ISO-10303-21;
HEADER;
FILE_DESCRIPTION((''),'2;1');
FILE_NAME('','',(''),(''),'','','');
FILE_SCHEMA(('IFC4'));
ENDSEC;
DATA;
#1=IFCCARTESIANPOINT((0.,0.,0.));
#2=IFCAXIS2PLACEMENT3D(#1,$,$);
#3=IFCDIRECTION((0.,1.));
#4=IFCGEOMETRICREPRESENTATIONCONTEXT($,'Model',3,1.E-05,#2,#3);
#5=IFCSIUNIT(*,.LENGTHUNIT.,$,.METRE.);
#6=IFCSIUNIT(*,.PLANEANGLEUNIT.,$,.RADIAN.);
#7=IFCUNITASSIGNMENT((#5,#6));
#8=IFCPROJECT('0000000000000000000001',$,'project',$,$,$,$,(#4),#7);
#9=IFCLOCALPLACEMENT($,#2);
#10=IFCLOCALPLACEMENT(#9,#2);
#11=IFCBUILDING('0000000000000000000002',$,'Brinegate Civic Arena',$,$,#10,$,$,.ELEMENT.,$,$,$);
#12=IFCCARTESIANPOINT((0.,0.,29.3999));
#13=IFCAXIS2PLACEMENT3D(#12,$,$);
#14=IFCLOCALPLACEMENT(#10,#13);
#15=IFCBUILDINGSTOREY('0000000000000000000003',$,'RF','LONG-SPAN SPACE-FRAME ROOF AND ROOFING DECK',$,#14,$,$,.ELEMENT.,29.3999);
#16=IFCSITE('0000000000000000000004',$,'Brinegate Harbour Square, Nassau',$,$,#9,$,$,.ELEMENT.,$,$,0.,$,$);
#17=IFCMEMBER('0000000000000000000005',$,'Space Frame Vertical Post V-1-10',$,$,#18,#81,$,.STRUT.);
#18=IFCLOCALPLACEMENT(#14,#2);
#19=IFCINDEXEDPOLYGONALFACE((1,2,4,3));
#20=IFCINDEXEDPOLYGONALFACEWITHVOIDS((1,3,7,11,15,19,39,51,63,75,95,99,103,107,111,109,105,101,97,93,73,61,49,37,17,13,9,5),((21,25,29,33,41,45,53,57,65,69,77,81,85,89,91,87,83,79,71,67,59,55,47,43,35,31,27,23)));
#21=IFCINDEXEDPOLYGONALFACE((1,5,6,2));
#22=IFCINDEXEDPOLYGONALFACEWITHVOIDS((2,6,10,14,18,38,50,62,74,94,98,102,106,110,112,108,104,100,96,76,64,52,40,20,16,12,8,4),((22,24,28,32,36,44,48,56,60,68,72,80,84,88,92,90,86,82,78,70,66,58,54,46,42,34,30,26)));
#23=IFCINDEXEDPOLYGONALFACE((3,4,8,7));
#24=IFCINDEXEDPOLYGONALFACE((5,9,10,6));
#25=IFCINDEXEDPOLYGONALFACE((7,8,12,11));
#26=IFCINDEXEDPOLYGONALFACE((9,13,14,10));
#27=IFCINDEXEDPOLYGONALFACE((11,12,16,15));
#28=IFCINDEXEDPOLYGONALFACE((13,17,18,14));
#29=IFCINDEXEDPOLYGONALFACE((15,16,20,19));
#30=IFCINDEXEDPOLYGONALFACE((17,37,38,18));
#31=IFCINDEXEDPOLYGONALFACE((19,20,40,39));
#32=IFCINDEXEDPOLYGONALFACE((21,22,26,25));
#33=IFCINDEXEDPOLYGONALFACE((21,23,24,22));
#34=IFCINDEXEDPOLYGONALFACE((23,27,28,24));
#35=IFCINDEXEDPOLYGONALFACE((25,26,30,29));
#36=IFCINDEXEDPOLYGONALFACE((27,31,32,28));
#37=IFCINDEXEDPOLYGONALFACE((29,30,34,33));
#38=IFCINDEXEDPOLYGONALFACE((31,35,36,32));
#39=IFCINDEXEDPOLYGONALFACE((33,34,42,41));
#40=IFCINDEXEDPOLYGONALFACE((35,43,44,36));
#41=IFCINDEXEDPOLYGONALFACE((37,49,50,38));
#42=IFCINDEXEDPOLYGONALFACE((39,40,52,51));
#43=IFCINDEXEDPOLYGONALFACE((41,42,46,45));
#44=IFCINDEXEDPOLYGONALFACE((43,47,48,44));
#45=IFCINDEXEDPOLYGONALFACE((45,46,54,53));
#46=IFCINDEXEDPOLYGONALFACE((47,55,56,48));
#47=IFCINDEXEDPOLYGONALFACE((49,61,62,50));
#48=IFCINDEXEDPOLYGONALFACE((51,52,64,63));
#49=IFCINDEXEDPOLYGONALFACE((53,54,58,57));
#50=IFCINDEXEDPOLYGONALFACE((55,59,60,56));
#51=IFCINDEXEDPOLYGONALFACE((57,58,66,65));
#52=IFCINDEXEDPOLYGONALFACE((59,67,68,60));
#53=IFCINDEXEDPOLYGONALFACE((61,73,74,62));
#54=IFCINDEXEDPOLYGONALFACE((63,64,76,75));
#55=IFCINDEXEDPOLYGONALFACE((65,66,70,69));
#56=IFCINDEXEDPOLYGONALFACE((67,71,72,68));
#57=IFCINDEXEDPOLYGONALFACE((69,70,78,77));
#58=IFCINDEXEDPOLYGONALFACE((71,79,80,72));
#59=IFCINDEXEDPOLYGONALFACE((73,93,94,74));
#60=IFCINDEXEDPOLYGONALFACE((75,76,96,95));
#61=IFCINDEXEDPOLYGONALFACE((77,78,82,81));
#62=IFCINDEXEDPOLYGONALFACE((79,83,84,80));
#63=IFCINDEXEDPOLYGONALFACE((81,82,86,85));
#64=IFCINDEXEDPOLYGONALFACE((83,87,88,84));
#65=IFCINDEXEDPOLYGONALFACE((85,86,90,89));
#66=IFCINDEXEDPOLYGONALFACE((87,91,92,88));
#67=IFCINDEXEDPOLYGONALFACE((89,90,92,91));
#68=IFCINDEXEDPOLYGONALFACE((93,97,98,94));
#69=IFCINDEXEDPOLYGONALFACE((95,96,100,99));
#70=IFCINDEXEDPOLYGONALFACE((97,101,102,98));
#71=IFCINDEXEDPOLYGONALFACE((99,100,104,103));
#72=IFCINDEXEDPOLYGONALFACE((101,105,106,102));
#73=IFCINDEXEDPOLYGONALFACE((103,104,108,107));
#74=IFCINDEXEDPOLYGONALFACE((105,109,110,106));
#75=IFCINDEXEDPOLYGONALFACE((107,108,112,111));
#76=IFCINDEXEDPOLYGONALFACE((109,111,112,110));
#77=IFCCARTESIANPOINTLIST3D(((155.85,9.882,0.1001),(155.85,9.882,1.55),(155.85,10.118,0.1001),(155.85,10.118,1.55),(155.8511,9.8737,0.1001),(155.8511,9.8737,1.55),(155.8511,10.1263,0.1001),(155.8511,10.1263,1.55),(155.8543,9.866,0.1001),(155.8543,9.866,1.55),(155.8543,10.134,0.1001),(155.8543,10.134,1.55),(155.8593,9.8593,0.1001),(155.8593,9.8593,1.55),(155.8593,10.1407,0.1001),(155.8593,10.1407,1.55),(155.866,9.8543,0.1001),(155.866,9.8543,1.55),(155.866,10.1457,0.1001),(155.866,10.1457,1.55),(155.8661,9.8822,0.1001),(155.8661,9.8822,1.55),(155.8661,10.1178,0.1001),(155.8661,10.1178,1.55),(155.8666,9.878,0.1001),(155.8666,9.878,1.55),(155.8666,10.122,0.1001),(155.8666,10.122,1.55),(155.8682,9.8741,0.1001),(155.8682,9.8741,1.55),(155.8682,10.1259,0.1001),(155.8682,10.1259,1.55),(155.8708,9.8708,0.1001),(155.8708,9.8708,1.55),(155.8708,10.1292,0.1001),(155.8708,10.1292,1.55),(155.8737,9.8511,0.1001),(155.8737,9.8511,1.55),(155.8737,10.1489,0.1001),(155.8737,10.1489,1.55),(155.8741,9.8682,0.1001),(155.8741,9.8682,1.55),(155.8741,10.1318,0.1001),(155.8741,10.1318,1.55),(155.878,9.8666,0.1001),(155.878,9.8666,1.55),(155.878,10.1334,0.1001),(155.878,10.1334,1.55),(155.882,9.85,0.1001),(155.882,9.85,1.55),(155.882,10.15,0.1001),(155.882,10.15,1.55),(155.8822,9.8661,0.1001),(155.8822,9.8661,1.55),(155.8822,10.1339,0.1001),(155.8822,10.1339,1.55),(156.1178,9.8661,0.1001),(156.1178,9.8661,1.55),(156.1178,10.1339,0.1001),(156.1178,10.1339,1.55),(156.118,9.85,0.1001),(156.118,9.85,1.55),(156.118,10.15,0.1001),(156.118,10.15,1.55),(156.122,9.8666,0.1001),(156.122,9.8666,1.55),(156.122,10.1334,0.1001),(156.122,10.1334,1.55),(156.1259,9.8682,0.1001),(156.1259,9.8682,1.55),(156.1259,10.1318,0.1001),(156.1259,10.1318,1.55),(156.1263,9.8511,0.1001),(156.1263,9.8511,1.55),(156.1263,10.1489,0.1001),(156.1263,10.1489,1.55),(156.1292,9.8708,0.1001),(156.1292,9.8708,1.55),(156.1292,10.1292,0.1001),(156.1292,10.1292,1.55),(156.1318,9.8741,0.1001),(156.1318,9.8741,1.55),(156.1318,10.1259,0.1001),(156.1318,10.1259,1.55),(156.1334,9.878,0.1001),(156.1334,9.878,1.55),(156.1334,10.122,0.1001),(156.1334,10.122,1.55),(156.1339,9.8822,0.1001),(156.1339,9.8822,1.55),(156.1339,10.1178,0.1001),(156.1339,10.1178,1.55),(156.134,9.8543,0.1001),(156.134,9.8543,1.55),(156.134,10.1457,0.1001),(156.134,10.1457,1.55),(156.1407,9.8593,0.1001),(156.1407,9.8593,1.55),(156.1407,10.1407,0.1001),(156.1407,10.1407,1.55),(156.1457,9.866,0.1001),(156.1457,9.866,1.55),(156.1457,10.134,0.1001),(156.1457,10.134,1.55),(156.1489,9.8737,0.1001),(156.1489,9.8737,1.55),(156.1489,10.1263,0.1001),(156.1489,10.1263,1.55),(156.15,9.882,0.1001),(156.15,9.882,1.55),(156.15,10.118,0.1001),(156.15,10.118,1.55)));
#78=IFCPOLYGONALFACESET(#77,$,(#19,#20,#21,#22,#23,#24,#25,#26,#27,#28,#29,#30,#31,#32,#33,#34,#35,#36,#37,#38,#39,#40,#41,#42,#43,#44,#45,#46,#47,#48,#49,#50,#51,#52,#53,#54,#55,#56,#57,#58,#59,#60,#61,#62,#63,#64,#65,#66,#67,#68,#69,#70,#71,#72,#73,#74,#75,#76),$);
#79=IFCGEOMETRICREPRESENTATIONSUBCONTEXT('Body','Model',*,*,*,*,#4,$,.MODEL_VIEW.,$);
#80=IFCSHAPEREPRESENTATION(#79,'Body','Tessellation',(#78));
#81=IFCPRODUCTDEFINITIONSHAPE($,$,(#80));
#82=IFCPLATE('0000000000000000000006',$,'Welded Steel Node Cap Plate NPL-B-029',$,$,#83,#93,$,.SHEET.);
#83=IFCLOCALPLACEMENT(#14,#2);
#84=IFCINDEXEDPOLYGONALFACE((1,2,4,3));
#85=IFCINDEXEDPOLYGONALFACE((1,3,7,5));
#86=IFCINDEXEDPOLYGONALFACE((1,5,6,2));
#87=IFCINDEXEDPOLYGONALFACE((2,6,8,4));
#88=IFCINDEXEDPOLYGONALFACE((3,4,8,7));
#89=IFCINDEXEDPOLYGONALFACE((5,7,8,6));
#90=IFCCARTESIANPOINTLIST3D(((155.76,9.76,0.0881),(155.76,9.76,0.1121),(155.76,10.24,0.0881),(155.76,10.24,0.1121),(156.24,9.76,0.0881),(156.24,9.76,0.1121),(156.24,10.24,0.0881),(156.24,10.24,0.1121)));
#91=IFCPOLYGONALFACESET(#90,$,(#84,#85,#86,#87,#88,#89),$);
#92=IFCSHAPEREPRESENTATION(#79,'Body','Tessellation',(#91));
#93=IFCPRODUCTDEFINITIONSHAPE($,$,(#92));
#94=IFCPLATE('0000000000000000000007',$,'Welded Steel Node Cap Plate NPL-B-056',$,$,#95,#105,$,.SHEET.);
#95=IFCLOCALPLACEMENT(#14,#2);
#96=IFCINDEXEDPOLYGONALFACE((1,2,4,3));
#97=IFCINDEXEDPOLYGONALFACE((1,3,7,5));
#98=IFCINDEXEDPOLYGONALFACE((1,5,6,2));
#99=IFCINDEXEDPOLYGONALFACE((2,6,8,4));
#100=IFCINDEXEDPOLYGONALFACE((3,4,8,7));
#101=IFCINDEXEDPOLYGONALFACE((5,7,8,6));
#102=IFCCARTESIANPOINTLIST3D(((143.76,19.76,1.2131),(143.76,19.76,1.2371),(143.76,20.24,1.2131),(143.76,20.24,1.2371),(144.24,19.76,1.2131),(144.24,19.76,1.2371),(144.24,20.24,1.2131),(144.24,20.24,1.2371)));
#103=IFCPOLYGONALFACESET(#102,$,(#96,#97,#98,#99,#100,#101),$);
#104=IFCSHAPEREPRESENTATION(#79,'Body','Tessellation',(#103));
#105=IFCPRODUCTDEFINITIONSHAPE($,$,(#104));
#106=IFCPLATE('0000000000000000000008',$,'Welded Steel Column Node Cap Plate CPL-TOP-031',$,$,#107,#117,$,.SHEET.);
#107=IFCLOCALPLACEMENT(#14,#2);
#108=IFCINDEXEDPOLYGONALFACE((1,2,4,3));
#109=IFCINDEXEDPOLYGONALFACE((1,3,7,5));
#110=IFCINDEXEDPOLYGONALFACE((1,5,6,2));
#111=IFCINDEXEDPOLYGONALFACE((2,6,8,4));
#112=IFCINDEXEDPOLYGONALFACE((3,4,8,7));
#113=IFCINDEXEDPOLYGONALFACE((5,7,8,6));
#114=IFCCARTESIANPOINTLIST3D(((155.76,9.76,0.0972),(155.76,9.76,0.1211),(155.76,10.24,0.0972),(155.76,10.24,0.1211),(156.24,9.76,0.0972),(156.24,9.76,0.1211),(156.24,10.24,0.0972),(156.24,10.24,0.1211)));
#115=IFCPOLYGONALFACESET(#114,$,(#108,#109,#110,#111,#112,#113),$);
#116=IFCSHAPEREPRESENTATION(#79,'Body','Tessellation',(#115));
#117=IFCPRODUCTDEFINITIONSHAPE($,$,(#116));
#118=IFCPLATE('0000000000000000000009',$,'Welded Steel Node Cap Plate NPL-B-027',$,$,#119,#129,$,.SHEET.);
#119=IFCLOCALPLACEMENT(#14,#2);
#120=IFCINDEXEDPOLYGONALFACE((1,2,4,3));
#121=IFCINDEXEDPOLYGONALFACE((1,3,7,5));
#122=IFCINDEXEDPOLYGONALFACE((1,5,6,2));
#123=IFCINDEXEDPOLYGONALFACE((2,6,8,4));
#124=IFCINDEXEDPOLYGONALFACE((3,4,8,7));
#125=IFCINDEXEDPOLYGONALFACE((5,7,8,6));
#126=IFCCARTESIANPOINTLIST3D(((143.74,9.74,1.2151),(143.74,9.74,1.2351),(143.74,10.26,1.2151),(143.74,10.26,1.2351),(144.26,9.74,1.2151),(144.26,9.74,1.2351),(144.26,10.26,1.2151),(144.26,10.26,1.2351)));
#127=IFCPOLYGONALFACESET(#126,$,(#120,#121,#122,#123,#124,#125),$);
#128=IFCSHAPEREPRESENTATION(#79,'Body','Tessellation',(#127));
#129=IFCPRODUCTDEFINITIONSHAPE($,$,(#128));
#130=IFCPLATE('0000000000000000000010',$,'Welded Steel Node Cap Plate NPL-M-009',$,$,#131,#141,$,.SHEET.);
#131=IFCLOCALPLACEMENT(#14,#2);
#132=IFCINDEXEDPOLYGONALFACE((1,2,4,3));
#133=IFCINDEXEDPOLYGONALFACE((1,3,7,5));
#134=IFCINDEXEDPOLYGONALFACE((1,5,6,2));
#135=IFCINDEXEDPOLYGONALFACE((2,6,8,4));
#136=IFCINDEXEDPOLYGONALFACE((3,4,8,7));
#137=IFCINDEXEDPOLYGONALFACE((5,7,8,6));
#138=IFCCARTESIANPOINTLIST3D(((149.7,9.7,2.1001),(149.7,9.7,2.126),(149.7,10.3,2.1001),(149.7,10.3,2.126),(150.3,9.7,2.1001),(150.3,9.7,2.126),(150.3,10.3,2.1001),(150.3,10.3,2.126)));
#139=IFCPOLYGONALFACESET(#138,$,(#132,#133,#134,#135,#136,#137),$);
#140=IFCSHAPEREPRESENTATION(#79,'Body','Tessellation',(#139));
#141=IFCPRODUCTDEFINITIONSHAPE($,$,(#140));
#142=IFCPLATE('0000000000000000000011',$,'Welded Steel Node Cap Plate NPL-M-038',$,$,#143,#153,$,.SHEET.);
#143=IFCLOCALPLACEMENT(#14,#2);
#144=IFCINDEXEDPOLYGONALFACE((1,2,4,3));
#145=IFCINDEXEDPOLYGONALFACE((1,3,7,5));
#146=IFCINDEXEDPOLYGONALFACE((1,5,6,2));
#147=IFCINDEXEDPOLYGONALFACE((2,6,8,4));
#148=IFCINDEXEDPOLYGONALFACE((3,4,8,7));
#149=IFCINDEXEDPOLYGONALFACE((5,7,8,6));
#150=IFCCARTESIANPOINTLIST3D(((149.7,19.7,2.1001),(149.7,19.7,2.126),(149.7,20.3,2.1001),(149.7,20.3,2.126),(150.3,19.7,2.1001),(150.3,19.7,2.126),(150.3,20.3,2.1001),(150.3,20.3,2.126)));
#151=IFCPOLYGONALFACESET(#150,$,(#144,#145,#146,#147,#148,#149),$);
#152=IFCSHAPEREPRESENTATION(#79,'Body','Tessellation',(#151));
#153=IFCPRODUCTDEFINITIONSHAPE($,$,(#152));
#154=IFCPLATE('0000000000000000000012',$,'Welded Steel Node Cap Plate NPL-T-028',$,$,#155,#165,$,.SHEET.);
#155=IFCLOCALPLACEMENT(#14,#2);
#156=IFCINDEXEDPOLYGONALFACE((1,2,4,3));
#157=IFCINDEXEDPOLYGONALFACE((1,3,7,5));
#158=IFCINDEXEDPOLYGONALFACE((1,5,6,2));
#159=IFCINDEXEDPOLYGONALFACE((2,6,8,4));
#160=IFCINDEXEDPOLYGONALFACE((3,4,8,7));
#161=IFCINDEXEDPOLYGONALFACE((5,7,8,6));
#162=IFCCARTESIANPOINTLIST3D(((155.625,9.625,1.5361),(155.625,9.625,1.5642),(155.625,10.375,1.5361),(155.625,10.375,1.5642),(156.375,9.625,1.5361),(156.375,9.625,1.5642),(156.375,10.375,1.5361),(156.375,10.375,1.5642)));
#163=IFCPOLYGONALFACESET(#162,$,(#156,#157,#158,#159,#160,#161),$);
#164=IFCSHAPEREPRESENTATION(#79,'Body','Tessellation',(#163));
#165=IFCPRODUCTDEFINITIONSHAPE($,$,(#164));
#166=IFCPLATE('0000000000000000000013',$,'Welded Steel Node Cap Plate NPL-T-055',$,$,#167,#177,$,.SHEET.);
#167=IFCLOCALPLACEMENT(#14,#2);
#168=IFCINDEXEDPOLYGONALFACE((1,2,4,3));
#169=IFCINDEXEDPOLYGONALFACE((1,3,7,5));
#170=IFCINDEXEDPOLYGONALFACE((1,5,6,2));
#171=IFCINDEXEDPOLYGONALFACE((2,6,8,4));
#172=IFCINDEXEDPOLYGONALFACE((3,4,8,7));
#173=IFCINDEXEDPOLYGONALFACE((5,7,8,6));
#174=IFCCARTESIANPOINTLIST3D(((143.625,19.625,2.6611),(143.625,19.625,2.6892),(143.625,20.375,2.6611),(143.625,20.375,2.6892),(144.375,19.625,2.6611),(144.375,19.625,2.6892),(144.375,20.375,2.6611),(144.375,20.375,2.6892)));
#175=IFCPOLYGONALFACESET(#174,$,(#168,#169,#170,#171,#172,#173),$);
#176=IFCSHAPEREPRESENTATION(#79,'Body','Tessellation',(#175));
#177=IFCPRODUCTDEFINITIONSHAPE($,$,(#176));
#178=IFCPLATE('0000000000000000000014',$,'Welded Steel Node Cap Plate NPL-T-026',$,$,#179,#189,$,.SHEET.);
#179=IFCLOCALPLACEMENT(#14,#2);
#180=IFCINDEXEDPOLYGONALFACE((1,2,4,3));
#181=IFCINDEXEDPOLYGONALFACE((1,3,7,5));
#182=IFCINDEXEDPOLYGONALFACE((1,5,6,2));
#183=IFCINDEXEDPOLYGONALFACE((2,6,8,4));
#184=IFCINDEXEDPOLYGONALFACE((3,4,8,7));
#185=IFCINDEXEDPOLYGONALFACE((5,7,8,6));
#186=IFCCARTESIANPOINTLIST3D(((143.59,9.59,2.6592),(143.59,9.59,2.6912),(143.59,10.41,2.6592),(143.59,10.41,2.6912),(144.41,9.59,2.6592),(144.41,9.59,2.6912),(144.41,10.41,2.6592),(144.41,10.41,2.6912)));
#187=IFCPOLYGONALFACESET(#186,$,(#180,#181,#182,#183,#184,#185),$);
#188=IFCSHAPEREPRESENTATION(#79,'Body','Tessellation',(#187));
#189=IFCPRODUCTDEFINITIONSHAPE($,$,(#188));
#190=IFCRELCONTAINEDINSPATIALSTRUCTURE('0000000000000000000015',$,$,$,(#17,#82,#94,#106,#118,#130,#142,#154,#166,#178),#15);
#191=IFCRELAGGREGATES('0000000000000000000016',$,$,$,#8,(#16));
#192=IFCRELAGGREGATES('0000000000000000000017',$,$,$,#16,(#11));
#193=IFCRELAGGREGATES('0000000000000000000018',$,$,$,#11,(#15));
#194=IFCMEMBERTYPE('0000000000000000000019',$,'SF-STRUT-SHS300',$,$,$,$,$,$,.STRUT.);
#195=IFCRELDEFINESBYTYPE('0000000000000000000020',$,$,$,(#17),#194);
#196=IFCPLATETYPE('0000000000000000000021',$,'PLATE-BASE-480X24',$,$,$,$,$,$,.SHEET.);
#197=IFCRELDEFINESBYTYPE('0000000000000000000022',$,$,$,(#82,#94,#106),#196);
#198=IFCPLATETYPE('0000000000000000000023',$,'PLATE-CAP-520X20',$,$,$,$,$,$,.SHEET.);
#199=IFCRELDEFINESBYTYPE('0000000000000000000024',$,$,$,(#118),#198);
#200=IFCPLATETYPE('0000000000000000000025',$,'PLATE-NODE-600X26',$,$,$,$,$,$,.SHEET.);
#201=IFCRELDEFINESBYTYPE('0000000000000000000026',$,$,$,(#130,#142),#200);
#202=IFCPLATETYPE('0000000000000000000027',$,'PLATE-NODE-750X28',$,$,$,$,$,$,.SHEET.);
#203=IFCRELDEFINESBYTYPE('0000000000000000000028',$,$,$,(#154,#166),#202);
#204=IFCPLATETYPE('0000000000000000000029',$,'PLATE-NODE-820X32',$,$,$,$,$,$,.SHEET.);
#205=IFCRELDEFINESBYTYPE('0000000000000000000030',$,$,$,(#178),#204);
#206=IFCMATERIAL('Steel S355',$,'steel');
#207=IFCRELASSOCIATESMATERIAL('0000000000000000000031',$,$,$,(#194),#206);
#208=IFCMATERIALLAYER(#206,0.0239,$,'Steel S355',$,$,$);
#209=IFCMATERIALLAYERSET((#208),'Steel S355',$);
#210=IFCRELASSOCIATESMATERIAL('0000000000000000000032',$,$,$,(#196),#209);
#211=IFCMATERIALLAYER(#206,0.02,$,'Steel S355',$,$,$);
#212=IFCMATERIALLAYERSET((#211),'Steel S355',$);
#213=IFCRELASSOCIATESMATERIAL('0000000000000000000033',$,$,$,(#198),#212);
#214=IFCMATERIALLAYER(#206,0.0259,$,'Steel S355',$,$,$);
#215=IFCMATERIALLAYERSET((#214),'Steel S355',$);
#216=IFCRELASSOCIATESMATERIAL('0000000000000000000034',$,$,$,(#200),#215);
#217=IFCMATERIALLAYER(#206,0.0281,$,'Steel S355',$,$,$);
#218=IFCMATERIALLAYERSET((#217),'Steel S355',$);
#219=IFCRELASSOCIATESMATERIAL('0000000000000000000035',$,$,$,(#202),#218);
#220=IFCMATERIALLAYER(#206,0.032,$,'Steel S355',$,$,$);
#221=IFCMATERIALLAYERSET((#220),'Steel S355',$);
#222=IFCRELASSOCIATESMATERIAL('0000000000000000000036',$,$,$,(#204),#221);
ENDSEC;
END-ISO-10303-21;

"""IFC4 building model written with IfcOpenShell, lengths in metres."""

from ifc_helpers import new_model, si_unit, direction, frame, origin, origin_2d, place, context, subcontext, project, spatial, rectangle, hollow_rectangle, extrude, material, layer, layer_set, material_profile, profile_set, type_object, element, save


model = new_model("IFC4")

# Units and contexts
model_context = context("Model", 3, precision=1e-05, world=origin(), true_north=direction((0.0, 1.0)))
body_context = subcontext(model_context, "Body", "Model", "MODEL_VIEW")
ifc_project = project(units=[si_unit("LENGTHUNIT", "METRE"), si_unit("PLANEANGLEUNIT", "RADIAN")], contexts=[model_context])

# Site, building, storey
site_placement = place(None, origin())
site = spatial("IfcSite", under=ifc_project, at=site_placement, Name="Brinegate Harbour Square, Nassau", CompositionType="ELEMENT", RefElevation=0.0)
building_placement = place(site_placement, origin())
building = spatial("IfcBuilding", under=site, at=building_placement, Name="Brinegate Civic Arena", CompositionType="ELEMENT")
storey_placement = place(building_placement, frame((0.0, 0.0, 29.3999)))
storey = spatial("IfcBuildingStorey", under=building, at=storey_placement, Name="RF", Description="LONG-SPAN SPACE-FRAME ROOF AND ROOFING DECK", CompositionType="ELEMENT", Elevation=29.3999)

# Shared definitions
ifc_material_1 = material(Name="Steel S355", Category="steel")

# Member
ifc_material_profile_1 = material_profile(ifc_material_1, hollow_rectangle(XDim=0.3, YDim=0.3, WallThickness=0.0161, InnerFilletRadius=0.0161, OuterFilletRadius=0.032, at=origin_2d()), Name="SHS300X16")
ifc_profile_set_1 = profile_set([ifc_material_profile_1], Name="Steel S355")
member_type_1 = type_object("IfcMemberType", Name="SF-STRUT-SHS300", PredefinedType="STRUT", material=ifc_profile_set_1)
member_1_placement = place(storey_placement, frame((156.0, 10.0, 0.1001), z_axis=(0.0, 0.0, 1.0), x_axis=(1.0, 0.0, 0.0)))
element("IfcMember", 1, at=member_1_placement, inside=storey, type_object=member_type_1, Name="Space Frame Vertical Post V-1-10", PredefinedType="STRUT", context=body_context, shape_type="SweptSolid", body=[
    extrude(hollow_rectangle(XDim=0.3, YDim=0.3, WallThickness=0.0161, InnerFilletRadius=0.0161, OuterFilletRadius=0.032, at=origin_2d()), origin(), (0.0, 0.0, 1.0), 1.45),
])

# Plates
ifc_layer_1 = layer(ifc_material_1, 0.0239, Name="Steel S355")
ifc_layer_set_1 = layer_set([ifc_layer_1], Name="Steel S355")
plate_type_1 = type_object("IfcPlateType", Name="PLATE-BASE-480X24", PredefinedType="SHEET", material=ifc_layer_set_1)
for number, where, z_axis, x_axis, name in (
    (2, (156.0, 10.0, 0.0881), (0.0, 0.0, 1.0), (1.0, 0.0, 0.0), "Welded Steel Node Cap Plate NPL-B-029"),
    (3, (144.0, 20.0, 1.2131), (0.0, 0.0, 1.0), (1.0, 0.0, 0.0), "Welded Steel Node Cap Plate NPL-B-056"),
    (4, (156.0, 10.0, 0.0972), (0.0, 0.0, 1.0), (1.0, 0.0, 0.0), "Welded Steel Column Node Cap Plate CPL-TOP-031"),
):
    element("IfcPlate", number, at=place(storey_placement, frame(where, z_axis=z_axis, x_axis=x_axis)), inside=storey, type_object=plate_type_1, Name=name, PredefinedType="SHEET", context=body_context, shape_type="SweptSolid", body=[
        extrude(rectangle(XDim=0.48, YDim=0.48, at=origin_2d()), origin(), (0.0, 0.0, 1.0), 0.0239),
    ])
ifc_layer_2 = layer(ifc_material_1, 0.02, Name="Steel S355")
ifc_layer_set_2 = layer_set([ifc_layer_2], Name="Steel S355")
plate_type_2 = type_object("IfcPlateType", Name="PLATE-CAP-520X20", PredefinedType="SHEET", material=ifc_layer_set_2)
plate_1_placement = place(storey_placement, frame((144.0, 10.0, 1.2151), z_axis=(0.0, 0.0, 1.0), x_axis=(1.0, 0.0, 0.0)))
element("IfcPlate", 5, at=plate_1_placement, inside=storey, type_object=plate_type_2, Name="Welded Steel Node Cap Plate NPL-B-027", PredefinedType="SHEET", context=body_context, shape_type="SweptSolid", body=[
    extrude(rectangle(XDim=0.52, YDim=0.52, at=origin_2d()), origin(), (0.0, 0.0, 1.0), 0.02),
])
ifc_layer_3 = layer(ifc_material_1, 0.0259, Name="Steel S355")
ifc_layer_set_3 = layer_set([ifc_layer_3], Name="Steel S355")
plate_type_3 = type_object("IfcPlateType", Name="PLATE-NODE-600X26", PredefinedType="SHEET", material=ifc_layer_set_3)
for number, where, z_axis, x_axis, name in (
    (6, (150.0, 10.0, 2.1001), (0.0, 0.0, 1.0), (1.0, 0.0, 0.0), "Welded Steel Node Cap Plate NPL-M-009"),
    (7, (150.0, 20.0, 2.1001), (0.0, 0.0, 1.0), (1.0, 0.0, 0.0), "Welded Steel Node Cap Plate NPL-M-038"),
):
    element("IfcPlate", number, at=place(storey_placement, frame(where, z_axis=z_axis, x_axis=x_axis)), inside=storey, type_object=plate_type_3, Name=name, PredefinedType="SHEET", context=body_context, shape_type="SweptSolid", body=[
        extrude(rectangle(XDim=0.6001, YDim=0.6001, at=origin_2d()), origin(), (0.0, 0.0, 1.0), 0.0259),
    ])
ifc_layer_4 = layer(ifc_material_1, 0.0281, Name="Steel S355")
ifc_layer_set_4 = layer_set([ifc_layer_4], Name="Steel S355")
plate_type_4 = type_object("IfcPlateType", Name="PLATE-NODE-750X28", PredefinedType="SHEET", material=ifc_layer_set_4)
for number, where, z_axis, x_axis, name in (
    (8, (156.0, 10.0, 1.5361), (0.0, 0.0, 1.0), (1.0, 0.0, 0.0), "Welded Steel Node Cap Plate NPL-T-028"),
    (9, (144.0, 20.0, 2.6611), (0.0, 0.0, 1.0), (1.0, 0.0, 0.0), "Welded Steel Node Cap Plate NPL-T-055"),
):
    element("IfcPlate", number, at=place(storey_placement, frame(where, z_axis=z_axis, x_axis=x_axis)), inside=storey, type_object=plate_type_4, Name=name, PredefinedType="SHEET", context=body_context, shape_type="SweptSolid", body=[
        extrude(rectangle(XDim=0.75, YDim=0.75, at=origin_2d()), origin(), (0.0, 0.0, 1.0), 0.0281),
    ])
ifc_layer_5 = layer(ifc_material_1, 0.032, Name="Steel S355")
ifc_layer_set_5 = layer_set([ifc_layer_5], Name="Steel S355")
plate_type_5 = type_object("IfcPlateType", Name="PLATE-NODE-820X32", PredefinedType="SHEET", material=ifc_layer_set_5)
plate_2_placement = place(storey_placement, frame((144.0, 10.0, 2.6592), z_axis=(0.0, 0.0, 1.0), x_axis=(1.0, 0.0, 0.0)))
element("IfcPlate", 10, at=plate_2_placement, inside=storey, type_object=plate_type_5, Name="Welded Steel Node Cap Plate NPL-T-026", PredefinedType="SHEET", context=body_context, shape_type="SweptSolid", body=[
    extrude(rectangle(XDim=0.8201, YDim=0.8201, at=origin_2d()), origin(), (0.0, 0.0, 1.0), 0.032),
])

save(model, "model.ifc")
